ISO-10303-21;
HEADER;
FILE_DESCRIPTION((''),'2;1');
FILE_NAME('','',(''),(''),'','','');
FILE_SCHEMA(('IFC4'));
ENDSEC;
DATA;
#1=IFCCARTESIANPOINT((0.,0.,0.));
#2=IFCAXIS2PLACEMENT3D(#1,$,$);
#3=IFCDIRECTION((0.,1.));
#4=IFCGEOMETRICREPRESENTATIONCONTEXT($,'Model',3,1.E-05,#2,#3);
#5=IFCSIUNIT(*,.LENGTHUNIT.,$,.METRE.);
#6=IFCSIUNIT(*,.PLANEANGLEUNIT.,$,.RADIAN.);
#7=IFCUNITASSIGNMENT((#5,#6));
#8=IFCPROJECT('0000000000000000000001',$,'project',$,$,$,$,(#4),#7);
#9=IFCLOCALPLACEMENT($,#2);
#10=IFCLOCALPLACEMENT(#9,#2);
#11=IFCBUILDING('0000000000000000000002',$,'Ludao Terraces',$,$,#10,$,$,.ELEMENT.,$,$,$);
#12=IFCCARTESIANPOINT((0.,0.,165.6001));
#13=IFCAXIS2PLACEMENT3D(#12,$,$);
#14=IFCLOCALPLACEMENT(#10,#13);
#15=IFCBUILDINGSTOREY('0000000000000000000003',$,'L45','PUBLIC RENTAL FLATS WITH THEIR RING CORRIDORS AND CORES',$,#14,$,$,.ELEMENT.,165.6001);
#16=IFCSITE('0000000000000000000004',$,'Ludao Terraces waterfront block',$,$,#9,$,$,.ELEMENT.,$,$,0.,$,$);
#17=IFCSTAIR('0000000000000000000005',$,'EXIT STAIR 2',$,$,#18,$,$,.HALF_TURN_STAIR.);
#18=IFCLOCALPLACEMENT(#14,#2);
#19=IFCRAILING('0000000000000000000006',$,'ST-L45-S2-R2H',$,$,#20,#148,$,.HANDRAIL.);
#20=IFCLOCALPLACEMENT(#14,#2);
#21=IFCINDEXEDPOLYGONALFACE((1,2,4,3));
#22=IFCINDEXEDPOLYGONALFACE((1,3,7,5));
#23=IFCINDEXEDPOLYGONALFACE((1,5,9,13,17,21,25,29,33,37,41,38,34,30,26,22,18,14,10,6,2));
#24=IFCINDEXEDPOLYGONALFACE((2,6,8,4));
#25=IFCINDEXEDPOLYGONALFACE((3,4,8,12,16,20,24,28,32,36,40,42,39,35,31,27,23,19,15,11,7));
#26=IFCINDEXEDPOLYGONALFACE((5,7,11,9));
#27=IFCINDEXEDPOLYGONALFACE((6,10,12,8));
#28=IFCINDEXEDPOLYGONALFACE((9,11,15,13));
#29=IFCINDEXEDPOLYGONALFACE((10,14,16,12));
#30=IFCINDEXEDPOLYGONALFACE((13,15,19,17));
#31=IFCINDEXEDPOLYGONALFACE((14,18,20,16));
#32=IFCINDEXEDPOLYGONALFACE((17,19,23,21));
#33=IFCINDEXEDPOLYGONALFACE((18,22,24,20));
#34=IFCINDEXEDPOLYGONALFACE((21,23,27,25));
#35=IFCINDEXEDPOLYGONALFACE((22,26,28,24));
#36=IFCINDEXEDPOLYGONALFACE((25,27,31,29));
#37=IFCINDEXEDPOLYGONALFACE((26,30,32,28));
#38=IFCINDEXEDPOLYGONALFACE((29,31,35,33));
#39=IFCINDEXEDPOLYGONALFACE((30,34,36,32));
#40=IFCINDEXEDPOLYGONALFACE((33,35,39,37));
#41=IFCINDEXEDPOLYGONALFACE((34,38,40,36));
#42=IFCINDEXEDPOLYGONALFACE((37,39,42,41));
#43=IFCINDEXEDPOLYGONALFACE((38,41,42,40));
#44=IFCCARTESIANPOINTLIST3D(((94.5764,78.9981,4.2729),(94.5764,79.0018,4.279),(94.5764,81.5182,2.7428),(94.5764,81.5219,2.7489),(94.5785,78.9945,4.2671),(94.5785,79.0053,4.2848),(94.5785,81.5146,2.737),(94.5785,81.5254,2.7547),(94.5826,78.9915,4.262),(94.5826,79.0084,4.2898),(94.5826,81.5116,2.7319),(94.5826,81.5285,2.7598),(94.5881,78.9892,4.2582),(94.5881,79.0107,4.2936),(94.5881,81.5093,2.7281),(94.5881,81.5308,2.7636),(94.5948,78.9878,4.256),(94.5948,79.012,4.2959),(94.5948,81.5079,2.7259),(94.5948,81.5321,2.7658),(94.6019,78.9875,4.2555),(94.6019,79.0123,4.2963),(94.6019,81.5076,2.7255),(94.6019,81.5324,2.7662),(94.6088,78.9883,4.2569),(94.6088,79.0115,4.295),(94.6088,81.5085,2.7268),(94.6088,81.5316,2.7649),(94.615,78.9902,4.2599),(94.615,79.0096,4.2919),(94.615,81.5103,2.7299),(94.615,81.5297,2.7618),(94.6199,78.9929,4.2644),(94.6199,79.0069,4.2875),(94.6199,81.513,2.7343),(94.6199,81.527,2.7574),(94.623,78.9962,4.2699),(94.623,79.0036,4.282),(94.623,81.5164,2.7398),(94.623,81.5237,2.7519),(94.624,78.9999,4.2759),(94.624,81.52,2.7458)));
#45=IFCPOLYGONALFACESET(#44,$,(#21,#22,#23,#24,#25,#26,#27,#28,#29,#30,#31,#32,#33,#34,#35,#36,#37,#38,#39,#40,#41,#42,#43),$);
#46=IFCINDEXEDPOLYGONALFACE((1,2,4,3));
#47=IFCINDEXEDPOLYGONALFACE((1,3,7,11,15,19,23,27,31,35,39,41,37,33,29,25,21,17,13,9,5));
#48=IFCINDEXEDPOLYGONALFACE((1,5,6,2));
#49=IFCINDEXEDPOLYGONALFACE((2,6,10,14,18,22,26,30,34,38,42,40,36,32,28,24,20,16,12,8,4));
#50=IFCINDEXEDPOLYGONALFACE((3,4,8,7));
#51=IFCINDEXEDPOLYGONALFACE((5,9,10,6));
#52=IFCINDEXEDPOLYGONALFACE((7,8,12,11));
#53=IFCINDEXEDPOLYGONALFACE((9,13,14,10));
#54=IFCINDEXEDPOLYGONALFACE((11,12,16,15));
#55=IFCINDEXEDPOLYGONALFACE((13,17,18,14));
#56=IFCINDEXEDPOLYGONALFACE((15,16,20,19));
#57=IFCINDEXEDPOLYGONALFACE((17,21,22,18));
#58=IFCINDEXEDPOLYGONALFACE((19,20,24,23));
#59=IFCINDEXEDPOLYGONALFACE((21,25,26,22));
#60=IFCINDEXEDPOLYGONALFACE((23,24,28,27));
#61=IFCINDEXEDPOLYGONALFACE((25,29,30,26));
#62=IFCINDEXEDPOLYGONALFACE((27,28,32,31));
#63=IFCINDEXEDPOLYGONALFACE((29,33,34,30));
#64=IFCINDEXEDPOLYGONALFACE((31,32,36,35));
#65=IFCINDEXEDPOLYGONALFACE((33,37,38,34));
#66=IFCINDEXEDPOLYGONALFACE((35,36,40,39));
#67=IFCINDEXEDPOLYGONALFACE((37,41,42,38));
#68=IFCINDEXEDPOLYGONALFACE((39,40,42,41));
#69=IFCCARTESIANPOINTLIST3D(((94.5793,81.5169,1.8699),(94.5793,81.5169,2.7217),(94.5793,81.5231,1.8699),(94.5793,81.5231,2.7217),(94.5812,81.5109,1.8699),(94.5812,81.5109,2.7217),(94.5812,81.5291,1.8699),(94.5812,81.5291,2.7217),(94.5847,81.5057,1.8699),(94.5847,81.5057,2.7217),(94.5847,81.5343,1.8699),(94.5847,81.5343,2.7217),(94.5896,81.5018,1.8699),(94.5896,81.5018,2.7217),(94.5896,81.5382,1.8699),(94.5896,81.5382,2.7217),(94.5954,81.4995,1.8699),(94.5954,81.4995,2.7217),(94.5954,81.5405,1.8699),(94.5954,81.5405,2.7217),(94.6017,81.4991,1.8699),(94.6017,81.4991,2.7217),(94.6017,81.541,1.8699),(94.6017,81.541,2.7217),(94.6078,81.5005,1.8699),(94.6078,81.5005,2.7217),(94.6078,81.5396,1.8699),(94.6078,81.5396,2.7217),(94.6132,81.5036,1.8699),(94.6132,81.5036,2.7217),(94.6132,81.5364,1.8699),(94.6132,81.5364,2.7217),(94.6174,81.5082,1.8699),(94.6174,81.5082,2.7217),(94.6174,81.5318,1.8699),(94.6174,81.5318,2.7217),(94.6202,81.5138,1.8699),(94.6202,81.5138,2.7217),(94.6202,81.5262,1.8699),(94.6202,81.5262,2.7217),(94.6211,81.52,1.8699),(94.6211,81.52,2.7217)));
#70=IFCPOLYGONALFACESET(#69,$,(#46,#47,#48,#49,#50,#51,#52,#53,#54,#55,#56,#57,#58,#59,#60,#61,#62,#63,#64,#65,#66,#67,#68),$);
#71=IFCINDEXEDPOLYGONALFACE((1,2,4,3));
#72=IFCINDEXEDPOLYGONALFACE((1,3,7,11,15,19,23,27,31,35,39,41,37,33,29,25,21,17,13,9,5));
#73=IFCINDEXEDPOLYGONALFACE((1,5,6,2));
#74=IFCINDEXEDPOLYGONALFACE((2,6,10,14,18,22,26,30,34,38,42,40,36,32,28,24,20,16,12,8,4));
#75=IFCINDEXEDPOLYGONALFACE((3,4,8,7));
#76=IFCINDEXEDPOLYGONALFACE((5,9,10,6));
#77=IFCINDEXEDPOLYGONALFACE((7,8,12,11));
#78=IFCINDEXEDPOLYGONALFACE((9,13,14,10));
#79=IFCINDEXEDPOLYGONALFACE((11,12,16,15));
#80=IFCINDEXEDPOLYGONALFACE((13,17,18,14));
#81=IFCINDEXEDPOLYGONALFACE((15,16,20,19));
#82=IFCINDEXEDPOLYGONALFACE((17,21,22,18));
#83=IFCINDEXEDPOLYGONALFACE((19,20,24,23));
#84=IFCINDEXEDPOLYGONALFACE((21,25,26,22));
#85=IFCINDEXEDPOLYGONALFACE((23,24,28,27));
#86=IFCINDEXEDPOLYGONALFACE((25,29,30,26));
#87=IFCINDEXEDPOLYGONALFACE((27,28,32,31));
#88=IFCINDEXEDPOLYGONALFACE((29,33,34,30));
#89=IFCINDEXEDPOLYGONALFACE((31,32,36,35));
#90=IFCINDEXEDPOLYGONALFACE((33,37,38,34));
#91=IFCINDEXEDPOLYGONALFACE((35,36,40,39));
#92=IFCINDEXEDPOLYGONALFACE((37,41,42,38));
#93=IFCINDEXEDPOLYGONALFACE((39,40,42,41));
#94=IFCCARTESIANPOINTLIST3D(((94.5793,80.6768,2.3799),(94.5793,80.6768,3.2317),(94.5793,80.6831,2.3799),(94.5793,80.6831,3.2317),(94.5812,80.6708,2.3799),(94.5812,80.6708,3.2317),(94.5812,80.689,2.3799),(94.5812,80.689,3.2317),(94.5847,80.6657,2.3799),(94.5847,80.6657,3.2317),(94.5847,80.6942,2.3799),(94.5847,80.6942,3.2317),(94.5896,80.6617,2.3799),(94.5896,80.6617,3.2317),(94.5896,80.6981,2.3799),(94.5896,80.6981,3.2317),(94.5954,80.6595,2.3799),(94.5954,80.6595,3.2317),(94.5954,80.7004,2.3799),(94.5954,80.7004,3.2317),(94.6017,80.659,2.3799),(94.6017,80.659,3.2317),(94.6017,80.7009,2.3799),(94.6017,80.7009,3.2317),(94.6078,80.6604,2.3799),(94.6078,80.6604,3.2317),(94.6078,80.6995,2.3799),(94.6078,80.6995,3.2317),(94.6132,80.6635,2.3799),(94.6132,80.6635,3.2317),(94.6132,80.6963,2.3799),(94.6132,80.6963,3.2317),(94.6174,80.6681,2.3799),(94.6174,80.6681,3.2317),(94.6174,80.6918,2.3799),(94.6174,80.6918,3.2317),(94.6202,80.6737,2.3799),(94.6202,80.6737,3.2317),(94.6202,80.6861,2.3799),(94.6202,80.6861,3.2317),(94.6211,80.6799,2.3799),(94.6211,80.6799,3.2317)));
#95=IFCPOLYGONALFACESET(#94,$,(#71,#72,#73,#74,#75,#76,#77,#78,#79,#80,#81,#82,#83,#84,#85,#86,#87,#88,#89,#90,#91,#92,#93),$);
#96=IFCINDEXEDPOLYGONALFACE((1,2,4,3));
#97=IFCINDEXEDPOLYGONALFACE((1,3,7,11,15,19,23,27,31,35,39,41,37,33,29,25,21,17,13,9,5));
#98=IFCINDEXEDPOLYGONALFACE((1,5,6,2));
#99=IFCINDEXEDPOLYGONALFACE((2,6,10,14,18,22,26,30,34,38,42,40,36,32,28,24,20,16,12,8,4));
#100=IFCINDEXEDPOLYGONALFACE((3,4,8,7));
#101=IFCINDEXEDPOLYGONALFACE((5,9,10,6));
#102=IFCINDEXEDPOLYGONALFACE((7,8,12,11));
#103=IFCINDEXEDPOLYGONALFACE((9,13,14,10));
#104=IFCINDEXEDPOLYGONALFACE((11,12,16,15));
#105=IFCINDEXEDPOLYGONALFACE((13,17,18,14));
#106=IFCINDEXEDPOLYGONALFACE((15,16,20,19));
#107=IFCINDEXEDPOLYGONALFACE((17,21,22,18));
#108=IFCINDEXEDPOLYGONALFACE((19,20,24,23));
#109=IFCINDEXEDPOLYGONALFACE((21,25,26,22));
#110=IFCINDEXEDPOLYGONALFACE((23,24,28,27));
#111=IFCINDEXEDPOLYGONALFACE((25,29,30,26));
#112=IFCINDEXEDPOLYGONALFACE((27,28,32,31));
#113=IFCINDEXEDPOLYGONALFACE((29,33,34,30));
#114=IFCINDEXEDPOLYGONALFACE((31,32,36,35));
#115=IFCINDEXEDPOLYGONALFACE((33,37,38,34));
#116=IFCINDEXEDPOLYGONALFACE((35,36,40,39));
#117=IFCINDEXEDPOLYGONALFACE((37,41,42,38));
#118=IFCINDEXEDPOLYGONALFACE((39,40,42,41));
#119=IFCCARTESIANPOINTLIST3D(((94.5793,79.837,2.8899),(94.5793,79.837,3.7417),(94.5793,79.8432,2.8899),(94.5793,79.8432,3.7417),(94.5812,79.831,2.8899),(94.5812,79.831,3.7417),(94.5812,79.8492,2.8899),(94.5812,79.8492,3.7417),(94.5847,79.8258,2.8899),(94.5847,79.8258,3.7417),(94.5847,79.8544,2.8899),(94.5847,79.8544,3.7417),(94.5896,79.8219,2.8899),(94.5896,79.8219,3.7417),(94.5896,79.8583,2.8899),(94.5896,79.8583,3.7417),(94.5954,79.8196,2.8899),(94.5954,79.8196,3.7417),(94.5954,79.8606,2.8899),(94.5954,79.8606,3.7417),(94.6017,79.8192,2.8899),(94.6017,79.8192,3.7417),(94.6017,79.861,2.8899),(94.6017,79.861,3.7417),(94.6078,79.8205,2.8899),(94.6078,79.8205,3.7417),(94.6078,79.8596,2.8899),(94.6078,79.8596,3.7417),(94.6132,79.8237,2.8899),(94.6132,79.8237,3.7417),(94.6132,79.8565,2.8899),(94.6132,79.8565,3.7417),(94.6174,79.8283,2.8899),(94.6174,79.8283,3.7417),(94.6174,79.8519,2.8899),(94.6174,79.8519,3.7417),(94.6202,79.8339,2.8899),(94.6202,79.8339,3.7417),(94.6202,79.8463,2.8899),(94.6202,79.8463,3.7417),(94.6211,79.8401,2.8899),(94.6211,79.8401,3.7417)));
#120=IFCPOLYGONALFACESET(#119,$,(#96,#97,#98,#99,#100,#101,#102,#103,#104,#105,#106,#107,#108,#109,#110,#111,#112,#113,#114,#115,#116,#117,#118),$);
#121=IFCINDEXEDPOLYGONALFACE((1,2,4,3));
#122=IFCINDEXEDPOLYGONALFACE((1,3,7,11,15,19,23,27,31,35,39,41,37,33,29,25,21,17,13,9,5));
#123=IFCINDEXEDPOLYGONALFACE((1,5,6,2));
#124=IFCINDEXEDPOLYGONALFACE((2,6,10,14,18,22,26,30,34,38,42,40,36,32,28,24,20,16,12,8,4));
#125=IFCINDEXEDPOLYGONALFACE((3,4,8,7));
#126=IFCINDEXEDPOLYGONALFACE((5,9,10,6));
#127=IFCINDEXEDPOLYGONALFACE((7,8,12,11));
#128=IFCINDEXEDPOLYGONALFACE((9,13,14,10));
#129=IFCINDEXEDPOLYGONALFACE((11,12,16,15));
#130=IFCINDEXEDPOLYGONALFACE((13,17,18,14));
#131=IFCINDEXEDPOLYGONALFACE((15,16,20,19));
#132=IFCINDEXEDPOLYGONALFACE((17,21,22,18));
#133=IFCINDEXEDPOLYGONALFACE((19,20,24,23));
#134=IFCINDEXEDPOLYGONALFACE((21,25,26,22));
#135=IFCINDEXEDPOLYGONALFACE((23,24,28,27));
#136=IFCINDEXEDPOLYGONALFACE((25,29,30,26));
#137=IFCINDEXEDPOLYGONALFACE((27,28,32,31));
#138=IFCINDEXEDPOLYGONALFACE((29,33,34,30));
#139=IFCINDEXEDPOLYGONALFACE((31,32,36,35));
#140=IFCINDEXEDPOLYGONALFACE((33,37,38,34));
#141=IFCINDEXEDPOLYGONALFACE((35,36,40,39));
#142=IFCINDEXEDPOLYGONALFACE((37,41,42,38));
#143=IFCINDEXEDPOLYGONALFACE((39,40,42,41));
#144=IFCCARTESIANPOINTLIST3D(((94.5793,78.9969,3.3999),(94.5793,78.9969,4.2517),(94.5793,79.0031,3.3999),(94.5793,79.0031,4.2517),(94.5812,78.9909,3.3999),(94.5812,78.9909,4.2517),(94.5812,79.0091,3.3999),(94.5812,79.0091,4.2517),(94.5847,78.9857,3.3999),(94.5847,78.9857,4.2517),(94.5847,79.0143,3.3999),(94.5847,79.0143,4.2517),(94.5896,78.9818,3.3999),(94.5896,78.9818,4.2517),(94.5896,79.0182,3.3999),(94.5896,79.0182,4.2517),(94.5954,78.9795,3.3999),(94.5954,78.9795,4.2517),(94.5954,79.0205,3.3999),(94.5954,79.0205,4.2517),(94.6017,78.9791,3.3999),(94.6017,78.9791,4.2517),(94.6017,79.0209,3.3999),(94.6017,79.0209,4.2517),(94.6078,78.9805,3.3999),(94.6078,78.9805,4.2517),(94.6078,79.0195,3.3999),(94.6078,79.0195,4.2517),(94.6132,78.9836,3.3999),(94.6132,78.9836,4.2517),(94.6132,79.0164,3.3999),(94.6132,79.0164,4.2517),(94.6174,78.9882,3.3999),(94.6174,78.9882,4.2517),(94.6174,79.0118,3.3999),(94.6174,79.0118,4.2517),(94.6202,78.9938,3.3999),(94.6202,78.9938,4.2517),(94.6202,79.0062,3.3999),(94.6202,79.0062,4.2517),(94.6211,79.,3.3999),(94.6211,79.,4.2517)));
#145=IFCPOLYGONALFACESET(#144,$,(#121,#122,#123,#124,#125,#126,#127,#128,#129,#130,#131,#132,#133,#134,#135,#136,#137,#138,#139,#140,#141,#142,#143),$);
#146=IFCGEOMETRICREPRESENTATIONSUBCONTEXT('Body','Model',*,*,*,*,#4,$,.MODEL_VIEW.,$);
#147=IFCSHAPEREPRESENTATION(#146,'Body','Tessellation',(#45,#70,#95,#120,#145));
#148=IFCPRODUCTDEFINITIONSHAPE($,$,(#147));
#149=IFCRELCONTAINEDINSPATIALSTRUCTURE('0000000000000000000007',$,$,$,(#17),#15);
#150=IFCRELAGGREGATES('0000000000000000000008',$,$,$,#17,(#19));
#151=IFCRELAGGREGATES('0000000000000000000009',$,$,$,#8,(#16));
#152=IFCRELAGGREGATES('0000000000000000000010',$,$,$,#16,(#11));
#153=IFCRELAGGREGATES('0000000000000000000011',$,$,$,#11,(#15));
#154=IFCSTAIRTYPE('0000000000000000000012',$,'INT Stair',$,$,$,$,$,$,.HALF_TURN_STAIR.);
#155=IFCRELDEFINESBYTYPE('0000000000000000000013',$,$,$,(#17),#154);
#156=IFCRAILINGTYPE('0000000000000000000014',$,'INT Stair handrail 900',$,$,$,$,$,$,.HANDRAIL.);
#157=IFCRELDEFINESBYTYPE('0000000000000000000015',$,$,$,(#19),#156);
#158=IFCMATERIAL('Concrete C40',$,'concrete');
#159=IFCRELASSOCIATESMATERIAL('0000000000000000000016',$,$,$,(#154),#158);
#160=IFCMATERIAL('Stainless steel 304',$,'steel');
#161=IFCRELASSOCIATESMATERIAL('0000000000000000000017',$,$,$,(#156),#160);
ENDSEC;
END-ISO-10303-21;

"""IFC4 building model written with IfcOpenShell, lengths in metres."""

from ifc_helpers import new_model, si_unit, direction, frame, origin, origin_2d, place, context, subcontext, project, spatial, circle, extrude, material, type_object, element, aggregate, save


model = new_model("IFC4")

# Units and contexts
model_context = context("Model", 3, precision=1e-05, world=origin(), true_north=direction((0.0, 1.0)))
body_context = subcontext(model_context, "Body", "Model", "MODEL_VIEW")
ifc_project = project(units=[si_unit("LENGTHUNIT", "METRE"), si_unit("PLANEANGLEUNIT", "RADIAN")], contexts=[model_context])

# Site, building, storey
site_placement = place(None, origin())
site = spatial("IfcSite", under=ifc_project, at=site_placement, Name="Ludao Terraces waterfront block", CompositionType="ELEMENT", RefElevation=0.0)
building_placement = place(site_placement, origin())
building = spatial("IfcBuilding", under=site, at=building_placement, Name="Ludao Terraces", CompositionType="ELEMENT")
storey_placement = place(building_placement, frame((0.0, 0.0, 165.6001)))
storey = spatial("IfcBuildingStorey", under=building, at=storey_placement, Name="L45", Description="PUBLIC RENTAL FLATS WITH THEIR RING CORRIDORS AND CORES", CompositionType="ELEMENT", Elevation=165.6001)

# Shared definitions
ifc_material_1 = material(Name="Concrete C40", Category="concrete")

# Stair, railing
stair_type = type_object("IfcStairType", Name="INT Stair", PredefinedType="HALF_TURN_STAIR", material=ifc_material_1)
stair_placement = place(storey_placement, origin())
stair = element("IfcStair", 1, at=stair_placement, inside=storey, type_object=stair_type, Name="EXIT STAIR 2", PredefinedType="HALF_TURN_STAIR")
ifc_material_2 = material(Name="Stainless steel 304", Category="steel")
railing_type = type_object("IfcRailingType", Name="INT Stair handrail 900", PredefinedType="HANDRAIL", material=ifc_material_2)
railing_placement = place(storey_placement, frame((94.6001, 81.52, 1.8699)))
railing = element("IfcRailing", 2, at=railing_placement, type_object=railing_type, Name="ST-L45-S2-R2H", PredefinedType="HANDRAIL", context=body_context, shape_type="SweptSolid", body=[
    extrude(circle(Radius=0.0239, at=origin_2d()), frame((0.0, 0.0, 0.876), z_axis=(0.0, -0.854785, 0.518982), x_axis=(1.0, 0.0, 0.0)), (0.0, 0.0, 1.0), 2.9482),
    extrude(circle(Radius=0.021, at=origin_2d()), origin(), (0.0, 0.0, 1.0), 0.8518),
    extrude(circle(Radius=0.021, at=origin_2d()), frame((0.0, -0.8401, 0.51)), (0.0, 0.0, 1.0), 0.8518),
    extrude(circle(Radius=0.021, at=origin_2d()), frame((0.0, -1.6799, 1.02)), (0.0, 0.0, 1.0), 0.8518),
    extrude(circle(Radius=0.021, at=origin_2d()), frame((0.0, -2.52, 1.53)), (0.0, 0.0, 1.0), 0.8518),
])
aggregate(stair, [railing])

save(model, "model.ifc")
